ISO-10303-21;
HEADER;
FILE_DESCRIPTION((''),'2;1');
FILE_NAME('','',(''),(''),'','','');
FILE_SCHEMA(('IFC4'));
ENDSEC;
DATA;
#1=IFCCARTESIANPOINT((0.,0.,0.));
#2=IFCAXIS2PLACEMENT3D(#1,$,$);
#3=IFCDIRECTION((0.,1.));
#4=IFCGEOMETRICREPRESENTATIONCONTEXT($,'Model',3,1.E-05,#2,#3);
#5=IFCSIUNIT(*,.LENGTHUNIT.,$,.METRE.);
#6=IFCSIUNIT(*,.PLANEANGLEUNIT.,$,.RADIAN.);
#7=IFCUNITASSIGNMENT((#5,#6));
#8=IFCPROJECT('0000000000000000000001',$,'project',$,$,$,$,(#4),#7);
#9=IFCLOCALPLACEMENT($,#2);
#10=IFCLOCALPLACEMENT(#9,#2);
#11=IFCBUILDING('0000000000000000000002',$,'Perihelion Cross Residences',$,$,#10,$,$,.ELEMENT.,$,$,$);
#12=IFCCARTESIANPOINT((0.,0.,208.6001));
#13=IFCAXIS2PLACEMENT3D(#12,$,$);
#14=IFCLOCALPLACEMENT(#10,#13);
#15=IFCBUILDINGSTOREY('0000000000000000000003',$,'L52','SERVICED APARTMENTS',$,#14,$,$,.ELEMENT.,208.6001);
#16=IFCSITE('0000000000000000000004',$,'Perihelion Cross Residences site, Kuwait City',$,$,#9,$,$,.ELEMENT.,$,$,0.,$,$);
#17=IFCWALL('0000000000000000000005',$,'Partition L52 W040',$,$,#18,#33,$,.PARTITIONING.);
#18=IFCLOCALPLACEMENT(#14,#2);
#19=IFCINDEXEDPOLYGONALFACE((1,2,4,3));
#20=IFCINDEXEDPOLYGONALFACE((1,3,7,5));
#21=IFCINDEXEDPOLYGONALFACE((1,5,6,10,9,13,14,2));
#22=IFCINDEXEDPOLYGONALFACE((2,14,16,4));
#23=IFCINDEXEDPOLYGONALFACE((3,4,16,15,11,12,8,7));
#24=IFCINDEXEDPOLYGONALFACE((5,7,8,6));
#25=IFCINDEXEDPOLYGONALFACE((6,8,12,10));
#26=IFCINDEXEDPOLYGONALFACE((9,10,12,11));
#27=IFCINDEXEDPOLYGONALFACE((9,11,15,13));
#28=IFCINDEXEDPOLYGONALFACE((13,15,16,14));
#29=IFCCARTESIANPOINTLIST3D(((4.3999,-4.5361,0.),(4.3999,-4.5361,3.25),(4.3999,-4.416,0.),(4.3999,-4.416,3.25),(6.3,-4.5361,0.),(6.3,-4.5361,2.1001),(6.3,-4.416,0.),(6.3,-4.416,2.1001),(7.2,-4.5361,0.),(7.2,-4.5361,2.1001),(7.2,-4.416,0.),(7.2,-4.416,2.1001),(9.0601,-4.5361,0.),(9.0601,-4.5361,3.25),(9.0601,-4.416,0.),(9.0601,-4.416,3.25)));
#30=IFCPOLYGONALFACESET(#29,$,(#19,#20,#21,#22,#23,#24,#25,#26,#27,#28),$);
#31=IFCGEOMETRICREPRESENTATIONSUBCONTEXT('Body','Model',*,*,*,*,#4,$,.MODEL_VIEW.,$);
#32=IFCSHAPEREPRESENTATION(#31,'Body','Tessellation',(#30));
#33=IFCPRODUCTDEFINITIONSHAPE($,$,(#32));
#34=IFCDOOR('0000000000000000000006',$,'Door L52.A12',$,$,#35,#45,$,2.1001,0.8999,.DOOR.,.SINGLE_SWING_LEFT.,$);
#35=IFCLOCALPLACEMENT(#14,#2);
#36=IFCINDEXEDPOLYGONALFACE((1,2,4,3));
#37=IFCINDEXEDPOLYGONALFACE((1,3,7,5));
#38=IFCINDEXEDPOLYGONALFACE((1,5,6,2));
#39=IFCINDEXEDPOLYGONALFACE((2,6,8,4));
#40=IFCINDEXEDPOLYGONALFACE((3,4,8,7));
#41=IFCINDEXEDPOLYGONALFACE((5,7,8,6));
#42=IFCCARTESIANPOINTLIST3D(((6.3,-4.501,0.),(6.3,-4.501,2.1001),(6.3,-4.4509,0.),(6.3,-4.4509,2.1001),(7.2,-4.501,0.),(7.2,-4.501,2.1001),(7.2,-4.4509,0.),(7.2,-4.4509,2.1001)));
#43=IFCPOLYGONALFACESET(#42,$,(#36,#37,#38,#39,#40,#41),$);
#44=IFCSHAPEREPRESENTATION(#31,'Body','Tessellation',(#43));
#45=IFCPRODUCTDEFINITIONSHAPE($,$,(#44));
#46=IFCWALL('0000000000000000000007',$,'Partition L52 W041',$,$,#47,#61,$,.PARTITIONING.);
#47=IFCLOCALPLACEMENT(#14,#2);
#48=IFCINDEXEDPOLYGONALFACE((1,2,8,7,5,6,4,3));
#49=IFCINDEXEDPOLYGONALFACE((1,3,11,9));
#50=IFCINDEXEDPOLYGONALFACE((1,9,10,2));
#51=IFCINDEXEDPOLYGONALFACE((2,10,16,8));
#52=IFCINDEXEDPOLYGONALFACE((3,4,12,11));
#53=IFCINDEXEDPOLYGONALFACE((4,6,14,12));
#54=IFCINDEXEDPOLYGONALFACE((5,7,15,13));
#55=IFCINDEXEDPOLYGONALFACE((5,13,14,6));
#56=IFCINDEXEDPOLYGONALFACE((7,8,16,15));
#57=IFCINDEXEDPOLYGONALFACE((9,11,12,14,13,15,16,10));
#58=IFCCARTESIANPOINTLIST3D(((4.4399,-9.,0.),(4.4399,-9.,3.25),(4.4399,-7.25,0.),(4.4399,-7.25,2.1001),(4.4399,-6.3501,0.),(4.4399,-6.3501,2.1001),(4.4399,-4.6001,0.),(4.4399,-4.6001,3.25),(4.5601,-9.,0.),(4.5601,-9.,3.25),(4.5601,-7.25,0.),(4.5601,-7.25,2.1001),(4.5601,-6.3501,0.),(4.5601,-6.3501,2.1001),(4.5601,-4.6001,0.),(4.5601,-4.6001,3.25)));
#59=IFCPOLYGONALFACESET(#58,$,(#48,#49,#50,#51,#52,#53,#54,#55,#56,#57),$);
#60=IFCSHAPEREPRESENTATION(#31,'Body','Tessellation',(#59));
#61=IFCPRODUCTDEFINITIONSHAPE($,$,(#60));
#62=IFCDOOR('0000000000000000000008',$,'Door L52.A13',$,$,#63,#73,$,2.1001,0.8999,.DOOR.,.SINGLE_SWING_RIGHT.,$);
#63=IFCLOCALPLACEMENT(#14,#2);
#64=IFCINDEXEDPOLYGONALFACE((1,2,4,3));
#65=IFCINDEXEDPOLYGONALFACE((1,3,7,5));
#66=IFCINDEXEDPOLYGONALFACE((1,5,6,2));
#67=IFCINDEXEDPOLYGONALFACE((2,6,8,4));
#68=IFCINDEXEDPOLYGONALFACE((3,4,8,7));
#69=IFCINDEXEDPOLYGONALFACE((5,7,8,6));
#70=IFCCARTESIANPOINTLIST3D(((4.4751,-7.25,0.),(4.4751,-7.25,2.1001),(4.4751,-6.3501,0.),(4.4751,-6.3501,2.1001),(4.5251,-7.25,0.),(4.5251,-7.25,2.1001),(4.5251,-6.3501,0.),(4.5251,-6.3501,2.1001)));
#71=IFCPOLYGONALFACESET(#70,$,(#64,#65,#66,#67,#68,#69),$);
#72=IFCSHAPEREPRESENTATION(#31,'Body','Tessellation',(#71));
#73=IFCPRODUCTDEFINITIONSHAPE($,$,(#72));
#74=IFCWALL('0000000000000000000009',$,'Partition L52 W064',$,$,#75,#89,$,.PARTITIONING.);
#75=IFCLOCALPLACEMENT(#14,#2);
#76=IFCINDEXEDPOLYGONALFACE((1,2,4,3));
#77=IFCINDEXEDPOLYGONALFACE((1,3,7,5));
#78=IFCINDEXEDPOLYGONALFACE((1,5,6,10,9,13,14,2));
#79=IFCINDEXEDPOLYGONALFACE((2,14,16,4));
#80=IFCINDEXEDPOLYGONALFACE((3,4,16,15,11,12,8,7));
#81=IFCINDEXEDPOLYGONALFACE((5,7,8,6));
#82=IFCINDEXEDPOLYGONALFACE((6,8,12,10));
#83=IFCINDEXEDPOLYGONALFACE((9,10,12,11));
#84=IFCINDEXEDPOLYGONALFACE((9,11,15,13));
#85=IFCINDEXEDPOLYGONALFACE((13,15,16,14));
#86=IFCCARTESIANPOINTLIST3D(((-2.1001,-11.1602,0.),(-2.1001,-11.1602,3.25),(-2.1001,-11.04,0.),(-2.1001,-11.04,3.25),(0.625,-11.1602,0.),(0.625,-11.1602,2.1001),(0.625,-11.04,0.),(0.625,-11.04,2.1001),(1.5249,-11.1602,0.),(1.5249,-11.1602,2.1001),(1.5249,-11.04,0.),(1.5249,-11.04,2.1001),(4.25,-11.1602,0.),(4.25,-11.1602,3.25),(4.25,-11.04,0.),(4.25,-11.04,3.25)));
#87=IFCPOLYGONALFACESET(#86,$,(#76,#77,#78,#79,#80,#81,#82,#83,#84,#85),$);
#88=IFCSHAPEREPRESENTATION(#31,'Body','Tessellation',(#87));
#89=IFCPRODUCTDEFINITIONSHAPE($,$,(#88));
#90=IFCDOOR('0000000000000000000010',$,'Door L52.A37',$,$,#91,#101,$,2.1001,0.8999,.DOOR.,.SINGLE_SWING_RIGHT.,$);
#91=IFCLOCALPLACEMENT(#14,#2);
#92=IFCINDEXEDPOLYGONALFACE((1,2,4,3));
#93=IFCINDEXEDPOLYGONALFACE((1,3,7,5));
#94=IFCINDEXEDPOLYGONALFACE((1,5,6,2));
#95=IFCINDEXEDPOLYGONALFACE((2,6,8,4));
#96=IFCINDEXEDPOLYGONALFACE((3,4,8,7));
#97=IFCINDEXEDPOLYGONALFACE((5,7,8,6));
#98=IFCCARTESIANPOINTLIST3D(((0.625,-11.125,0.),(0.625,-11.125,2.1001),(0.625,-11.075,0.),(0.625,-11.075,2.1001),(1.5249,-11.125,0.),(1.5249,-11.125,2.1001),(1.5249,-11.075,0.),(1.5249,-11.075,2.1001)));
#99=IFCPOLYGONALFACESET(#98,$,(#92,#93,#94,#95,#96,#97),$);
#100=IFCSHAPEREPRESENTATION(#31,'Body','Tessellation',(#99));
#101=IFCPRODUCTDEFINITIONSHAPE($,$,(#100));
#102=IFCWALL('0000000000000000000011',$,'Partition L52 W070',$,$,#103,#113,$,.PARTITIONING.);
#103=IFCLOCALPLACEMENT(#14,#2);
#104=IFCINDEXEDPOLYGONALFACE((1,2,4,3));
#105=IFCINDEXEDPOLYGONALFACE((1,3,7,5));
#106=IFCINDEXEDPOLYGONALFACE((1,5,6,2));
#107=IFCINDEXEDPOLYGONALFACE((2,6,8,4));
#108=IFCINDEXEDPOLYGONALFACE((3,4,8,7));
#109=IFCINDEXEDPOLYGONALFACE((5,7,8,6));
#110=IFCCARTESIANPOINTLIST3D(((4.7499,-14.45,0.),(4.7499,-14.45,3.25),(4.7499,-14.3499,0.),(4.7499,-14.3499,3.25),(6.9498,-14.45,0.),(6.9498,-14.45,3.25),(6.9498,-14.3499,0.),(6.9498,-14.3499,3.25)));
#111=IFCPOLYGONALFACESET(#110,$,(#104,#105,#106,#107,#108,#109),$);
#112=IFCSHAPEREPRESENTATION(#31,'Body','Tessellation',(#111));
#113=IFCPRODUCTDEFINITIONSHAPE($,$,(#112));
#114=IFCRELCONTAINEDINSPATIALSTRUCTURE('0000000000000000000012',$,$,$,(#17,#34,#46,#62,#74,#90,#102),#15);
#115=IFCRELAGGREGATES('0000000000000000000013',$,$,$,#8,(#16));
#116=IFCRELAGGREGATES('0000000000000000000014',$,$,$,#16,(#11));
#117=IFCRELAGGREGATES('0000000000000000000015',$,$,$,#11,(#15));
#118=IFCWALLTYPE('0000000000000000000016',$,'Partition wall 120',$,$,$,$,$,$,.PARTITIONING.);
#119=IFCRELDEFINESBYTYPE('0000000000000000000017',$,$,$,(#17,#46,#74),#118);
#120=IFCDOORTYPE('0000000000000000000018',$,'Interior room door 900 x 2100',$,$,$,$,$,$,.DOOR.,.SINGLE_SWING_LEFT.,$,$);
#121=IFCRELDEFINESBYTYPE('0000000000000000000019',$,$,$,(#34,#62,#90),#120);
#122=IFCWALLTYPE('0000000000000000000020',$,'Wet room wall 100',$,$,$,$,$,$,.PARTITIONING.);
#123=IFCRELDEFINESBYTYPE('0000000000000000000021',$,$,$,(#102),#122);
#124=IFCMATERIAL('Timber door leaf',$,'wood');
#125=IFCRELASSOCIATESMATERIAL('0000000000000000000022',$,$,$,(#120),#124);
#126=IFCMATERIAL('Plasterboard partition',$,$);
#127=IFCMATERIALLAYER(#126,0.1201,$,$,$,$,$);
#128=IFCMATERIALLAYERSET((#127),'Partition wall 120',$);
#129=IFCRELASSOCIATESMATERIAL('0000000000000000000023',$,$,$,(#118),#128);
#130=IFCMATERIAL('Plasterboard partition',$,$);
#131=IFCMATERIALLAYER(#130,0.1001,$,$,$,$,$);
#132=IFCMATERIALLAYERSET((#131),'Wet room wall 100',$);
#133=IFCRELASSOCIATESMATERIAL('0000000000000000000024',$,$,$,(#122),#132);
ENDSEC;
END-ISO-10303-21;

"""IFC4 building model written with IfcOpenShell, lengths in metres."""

from ifc_helpers import new_model, si_unit, direction, frame, frame_2d, origin, place, context, subcontext, project, spatial, rectangle, extrude, material, layer, layer_set, type_object, element, fill, save


model = new_model("IFC4")

# Units and contexts
model_context = context("Model", 3, precision=1e-05, world=origin(), true_north=direction((0.0, 1.0)))
body_context = subcontext(model_context, "Body", "Model", "MODEL_VIEW")
ifc_project = project(units=[si_unit("LENGTHUNIT", "METRE"), si_unit("PLANEANGLEUNIT", "RADIAN")], contexts=[model_context])

# Site, building, storey
site_placement = place(None, origin())
site = spatial("IfcSite", under=ifc_project, at=site_placement, Name="Perihelion Cross Residences site, Kuwait City", CompositionType="ELEMENT", RefElevation=0.0)
building_placement = place(site_placement, origin())
building = spatial("IfcBuilding", under=site, at=building_placement, Name="Perihelion Cross Residences", CompositionType="ELEMENT")
storey_placement = place(building_placement, frame((0.0, 0.0, 208.6001)))
storey = spatial("IfcBuildingStorey", under=building, at=storey_placement, Name="L52", Description="SERVICED APARTMENTS", CompositionType="ELEMENT", Elevation=208.6001)

# Shared definitions
ifc_material_1 = material(Name="Timber door leaf", Category="wood")
door_type_1 = type_object("IfcDoorType", Name="Interior room door 900 x 2100", OperationType="SINGLE_SWING_LEFT", PredefinedType="DOOR", material=ifc_material_1)

# Shared definitions
ifc_material_2 = material(Name="Plasterboard partition")
ifc_layer_1 = layer(ifc_material_2, 0.1201)
ifc_layer_set_1 = layer_set([ifc_layer_1], Name="Partition wall 120")
wall_type_1 = type_object("IfcWallType", Name="Partition wall 120", PredefinedType="PARTITIONING", material=ifc_layer_set_1)

# Walls, openings, doors
wall_1_placement = place(storey_placement, frame((9.0601, -4.4761, 0.0), z_axis=(0.0, 0.0, 1.0), x_axis=(-1.0, 0.0, 0.0)))
wall_1 = element("IfcWall", 1, at=wall_1_placement, inside=storey, type_object=wall_type_1, Name="Partition L52 W040", PredefinedType="PARTITIONING", context=body_context, shape_type="SweptSolid", body=[
    extrude(rectangle(XDim=4.6602, YDim=0.1201, at=frame_2d((2.3301, 0.0))), origin(), (0.0, 0.0, 1.0), 3.25),
])
opening_1_placement = place(wall_1_placement, frame((1.8601, 0.0, 0.0)))
opening_1 = element("IfcOpeningElement", 2, at=opening_1_placement, cuts=wall_1, PredefinedType="OPENING", context=body_context, shape_type="SweptSolid", body=[
    extrude(rectangle(XDim=0.8999, YDim=2.1001, at=frame_2d((0.45, 1.05))), frame((0.0, 0.0701, 0.0), z_axis=(0.0, -1.0, 0.0), x_axis=(1.0, 0.0, 0.0)), (0.0, 0.0, 1.0), 0.1401),
])
door_1_placement = place(opening_1_placement, origin())
door_1 = element("IfcDoor", 3, at=door_1_placement, inside=storey, type_object=door_type_1, Name="Door L52.A12", OperationType="SINGLE_SWING_LEFT", OverallHeight=2.1001, OverallWidth=0.8999, PredefinedType="DOOR", context=body_context, shape_type="SweptSolid", body=[
    extrude(rectangle(XDim=0.8999, YDim=2.1001, at=frame_2d((0.45, 1.05))), frame((0.0, 0.0249, 0.0), z_axis=(0.0, -1.0, 0.0), x_axis=(1.0, 0.0, 0.0)), (0.0, 0.0, 1.0), 0.05),
])
fill(opening_1, door_1)
wall_2_placement = place(storey_placement, frame((4.5, -9.0, 0.0), z_axis=(0.0, 0.0, 1.0), x_axis=(0.0, 1.0, 0.0)))
wall_2 = element("IfcWall", 4, at=wall_2_placement, inside=storey, type_object=wall_type_1, Name="Partition L52 W041", PredefinedType="PARTITIONING", context=body_context, shape_type="SweptSolid", body=[
    extrude(rectangle(XDim=4.3999, YDim=0.1201, at=frame_2d((2.2, 0.0))), origin(), (0.0, 0.0, 1.0), 3.25),
])
opening_2_placement = place(wall_2_placement, frame((1.75, 0.0, 0.0)))
opening_2 = element("IfcOpeningElement", 5, at=opening_2_placement, cuts=wall_2, PredefinedType="OPENING", context=body_context, shape_type="SweptSolid", body=[
    extrude(rectangle(XDim=0.8999, YDim=2.1001, at=frame_2d((0.45, 1.05))), frame((0.0, 0.0701, 0.0), z_axis=(0.0, -1.0, 0.0), x_axis=(1.0, 0.0, 0.0)), (0.0, 0.0, 1.0), 0.1401),
])
door_2_placement = place(opening_2_placement, origin())
door_2 = element("IfcDoor", 6, at=door_2_placement, inside=storey, type_object=door_type_1, Name="Door L52.A13", OperationType="SINGLE_SWING_RIGHT", OverallHeight=2.1001, OverallWidth=0.8999, PredefinedType="DOOR", context=body_context, shape_type="SweptSolid", body=[
    extrude(rectangle(XDim=0.8999, YDim=2.1001, at=frame_2d((0.45, 1.05))), frame((0.0, 0.0249, 0.0), z_axis=(0.0, -1.0, 0.0), x_axis=(1.0, 0.0, 0.0)), (0.0, 0.0, 1.0), 0.05),
])
fill(opening_2, door_2)
wall_3_placement = place(storey_placement, frame((4.25, -11.1001, 0.0), z_axis=(0.0, 0.0, 1.0), x_axis=(-1.0, 0.0, 0.0)))
wall_3 = element("IfcWall", 7, at=wall_3_placement, inside=storey, type_object=wall_type_1, Name="Partition L52 W064", PredefinedType="PARTITIONING", context=body_context, shape_type="SweptSolid", body=[
    extrude(rectangle(XDim=6.3501, YDim=0.1201, at=frame_2d((3.175, 0.0))), origin(), (0.0, 0.0, 1.0), 3.25),
])
opening_3_placement = place(wall_3_placement, frame((2.7251, 0.0, 0.0)))
opening_3 = element("IfcOpeningElement", 8, at=opening_3_placement, cuts=wall_3, PredefinedType="OPENING", context=body_context, shape_type="SweptSolid", body=[
    extrude(rectangle(XDim=0.8999, YDim=2.1001, at=frame_2d((0.45, 1.05))), frame((0.0, 0.0701, 0.0), z_axis=(0.0, -1.0, 0.0), x_axis=(1.0, 0.0, 0.0)), (0.0, 0.0, 1.0), 0.1401),
])
door_3_placement = place(opening_3_placement, origin())
door_3 = element("IfcDoor", 9, at=door_3_placement, inside=storey, type_object=door_type_1, Name="Door L52.A37", OperationType="SINGLE_SWING_RIGHT", OverallHeight=2.1001, OverallWidth=0.8999, PredefinedType="DOOR", context=body_context, shape_type="SweptSolid", body=[
    extrude(rectangle(XDim=0.8999, YDim=2.1001, at=frame_2d((0.45, 1.05))), frame((0.0, 0.0249, 0.0), z_axis=(0.0, -1.0, 0.0), x_axis=(1.0, 0.0, 0.0)), (0.0, 0.0, 1.0), 0.05),
])
fill(opening_3, door_3)

# Wall
ifc_material_3 = material(Name="Plasterboard partition")
ifc_layer_2 = layer(ifc_material_3, 0.1001)
ifc_layer_set_2 = layer_set([ifc_layer_2], Name="Wet room wall 100")
wall_type_2 = type_object("IfcWallType", Name="Wet room wall 100", PredefinedType="PARTITIONING", material=ifc_layer_set_2)
wall_4_placement = place(storey_placement, frame((6.95, -14.3999, 0.0), z_axis=(0.0, 0.0, 1.0), x_axis=(-1.0, 0.0, 0.0)))
element("IfcWall", 10, at=wall_4_placement, inside=storey, type_object=wall_type_2, Name="Partition L52 W070", PredefinedType="PARTITIONING", context=body_context, shape_type="SweptSolid", body=[
    extrude(rectangle(XDim=2.2, YDim=0.1001, at=frame_2d((1.1001, 0.0))), origin(), (0.0, 0.0, 1.0), 3.25),
])

save(model, "model.ifc")
